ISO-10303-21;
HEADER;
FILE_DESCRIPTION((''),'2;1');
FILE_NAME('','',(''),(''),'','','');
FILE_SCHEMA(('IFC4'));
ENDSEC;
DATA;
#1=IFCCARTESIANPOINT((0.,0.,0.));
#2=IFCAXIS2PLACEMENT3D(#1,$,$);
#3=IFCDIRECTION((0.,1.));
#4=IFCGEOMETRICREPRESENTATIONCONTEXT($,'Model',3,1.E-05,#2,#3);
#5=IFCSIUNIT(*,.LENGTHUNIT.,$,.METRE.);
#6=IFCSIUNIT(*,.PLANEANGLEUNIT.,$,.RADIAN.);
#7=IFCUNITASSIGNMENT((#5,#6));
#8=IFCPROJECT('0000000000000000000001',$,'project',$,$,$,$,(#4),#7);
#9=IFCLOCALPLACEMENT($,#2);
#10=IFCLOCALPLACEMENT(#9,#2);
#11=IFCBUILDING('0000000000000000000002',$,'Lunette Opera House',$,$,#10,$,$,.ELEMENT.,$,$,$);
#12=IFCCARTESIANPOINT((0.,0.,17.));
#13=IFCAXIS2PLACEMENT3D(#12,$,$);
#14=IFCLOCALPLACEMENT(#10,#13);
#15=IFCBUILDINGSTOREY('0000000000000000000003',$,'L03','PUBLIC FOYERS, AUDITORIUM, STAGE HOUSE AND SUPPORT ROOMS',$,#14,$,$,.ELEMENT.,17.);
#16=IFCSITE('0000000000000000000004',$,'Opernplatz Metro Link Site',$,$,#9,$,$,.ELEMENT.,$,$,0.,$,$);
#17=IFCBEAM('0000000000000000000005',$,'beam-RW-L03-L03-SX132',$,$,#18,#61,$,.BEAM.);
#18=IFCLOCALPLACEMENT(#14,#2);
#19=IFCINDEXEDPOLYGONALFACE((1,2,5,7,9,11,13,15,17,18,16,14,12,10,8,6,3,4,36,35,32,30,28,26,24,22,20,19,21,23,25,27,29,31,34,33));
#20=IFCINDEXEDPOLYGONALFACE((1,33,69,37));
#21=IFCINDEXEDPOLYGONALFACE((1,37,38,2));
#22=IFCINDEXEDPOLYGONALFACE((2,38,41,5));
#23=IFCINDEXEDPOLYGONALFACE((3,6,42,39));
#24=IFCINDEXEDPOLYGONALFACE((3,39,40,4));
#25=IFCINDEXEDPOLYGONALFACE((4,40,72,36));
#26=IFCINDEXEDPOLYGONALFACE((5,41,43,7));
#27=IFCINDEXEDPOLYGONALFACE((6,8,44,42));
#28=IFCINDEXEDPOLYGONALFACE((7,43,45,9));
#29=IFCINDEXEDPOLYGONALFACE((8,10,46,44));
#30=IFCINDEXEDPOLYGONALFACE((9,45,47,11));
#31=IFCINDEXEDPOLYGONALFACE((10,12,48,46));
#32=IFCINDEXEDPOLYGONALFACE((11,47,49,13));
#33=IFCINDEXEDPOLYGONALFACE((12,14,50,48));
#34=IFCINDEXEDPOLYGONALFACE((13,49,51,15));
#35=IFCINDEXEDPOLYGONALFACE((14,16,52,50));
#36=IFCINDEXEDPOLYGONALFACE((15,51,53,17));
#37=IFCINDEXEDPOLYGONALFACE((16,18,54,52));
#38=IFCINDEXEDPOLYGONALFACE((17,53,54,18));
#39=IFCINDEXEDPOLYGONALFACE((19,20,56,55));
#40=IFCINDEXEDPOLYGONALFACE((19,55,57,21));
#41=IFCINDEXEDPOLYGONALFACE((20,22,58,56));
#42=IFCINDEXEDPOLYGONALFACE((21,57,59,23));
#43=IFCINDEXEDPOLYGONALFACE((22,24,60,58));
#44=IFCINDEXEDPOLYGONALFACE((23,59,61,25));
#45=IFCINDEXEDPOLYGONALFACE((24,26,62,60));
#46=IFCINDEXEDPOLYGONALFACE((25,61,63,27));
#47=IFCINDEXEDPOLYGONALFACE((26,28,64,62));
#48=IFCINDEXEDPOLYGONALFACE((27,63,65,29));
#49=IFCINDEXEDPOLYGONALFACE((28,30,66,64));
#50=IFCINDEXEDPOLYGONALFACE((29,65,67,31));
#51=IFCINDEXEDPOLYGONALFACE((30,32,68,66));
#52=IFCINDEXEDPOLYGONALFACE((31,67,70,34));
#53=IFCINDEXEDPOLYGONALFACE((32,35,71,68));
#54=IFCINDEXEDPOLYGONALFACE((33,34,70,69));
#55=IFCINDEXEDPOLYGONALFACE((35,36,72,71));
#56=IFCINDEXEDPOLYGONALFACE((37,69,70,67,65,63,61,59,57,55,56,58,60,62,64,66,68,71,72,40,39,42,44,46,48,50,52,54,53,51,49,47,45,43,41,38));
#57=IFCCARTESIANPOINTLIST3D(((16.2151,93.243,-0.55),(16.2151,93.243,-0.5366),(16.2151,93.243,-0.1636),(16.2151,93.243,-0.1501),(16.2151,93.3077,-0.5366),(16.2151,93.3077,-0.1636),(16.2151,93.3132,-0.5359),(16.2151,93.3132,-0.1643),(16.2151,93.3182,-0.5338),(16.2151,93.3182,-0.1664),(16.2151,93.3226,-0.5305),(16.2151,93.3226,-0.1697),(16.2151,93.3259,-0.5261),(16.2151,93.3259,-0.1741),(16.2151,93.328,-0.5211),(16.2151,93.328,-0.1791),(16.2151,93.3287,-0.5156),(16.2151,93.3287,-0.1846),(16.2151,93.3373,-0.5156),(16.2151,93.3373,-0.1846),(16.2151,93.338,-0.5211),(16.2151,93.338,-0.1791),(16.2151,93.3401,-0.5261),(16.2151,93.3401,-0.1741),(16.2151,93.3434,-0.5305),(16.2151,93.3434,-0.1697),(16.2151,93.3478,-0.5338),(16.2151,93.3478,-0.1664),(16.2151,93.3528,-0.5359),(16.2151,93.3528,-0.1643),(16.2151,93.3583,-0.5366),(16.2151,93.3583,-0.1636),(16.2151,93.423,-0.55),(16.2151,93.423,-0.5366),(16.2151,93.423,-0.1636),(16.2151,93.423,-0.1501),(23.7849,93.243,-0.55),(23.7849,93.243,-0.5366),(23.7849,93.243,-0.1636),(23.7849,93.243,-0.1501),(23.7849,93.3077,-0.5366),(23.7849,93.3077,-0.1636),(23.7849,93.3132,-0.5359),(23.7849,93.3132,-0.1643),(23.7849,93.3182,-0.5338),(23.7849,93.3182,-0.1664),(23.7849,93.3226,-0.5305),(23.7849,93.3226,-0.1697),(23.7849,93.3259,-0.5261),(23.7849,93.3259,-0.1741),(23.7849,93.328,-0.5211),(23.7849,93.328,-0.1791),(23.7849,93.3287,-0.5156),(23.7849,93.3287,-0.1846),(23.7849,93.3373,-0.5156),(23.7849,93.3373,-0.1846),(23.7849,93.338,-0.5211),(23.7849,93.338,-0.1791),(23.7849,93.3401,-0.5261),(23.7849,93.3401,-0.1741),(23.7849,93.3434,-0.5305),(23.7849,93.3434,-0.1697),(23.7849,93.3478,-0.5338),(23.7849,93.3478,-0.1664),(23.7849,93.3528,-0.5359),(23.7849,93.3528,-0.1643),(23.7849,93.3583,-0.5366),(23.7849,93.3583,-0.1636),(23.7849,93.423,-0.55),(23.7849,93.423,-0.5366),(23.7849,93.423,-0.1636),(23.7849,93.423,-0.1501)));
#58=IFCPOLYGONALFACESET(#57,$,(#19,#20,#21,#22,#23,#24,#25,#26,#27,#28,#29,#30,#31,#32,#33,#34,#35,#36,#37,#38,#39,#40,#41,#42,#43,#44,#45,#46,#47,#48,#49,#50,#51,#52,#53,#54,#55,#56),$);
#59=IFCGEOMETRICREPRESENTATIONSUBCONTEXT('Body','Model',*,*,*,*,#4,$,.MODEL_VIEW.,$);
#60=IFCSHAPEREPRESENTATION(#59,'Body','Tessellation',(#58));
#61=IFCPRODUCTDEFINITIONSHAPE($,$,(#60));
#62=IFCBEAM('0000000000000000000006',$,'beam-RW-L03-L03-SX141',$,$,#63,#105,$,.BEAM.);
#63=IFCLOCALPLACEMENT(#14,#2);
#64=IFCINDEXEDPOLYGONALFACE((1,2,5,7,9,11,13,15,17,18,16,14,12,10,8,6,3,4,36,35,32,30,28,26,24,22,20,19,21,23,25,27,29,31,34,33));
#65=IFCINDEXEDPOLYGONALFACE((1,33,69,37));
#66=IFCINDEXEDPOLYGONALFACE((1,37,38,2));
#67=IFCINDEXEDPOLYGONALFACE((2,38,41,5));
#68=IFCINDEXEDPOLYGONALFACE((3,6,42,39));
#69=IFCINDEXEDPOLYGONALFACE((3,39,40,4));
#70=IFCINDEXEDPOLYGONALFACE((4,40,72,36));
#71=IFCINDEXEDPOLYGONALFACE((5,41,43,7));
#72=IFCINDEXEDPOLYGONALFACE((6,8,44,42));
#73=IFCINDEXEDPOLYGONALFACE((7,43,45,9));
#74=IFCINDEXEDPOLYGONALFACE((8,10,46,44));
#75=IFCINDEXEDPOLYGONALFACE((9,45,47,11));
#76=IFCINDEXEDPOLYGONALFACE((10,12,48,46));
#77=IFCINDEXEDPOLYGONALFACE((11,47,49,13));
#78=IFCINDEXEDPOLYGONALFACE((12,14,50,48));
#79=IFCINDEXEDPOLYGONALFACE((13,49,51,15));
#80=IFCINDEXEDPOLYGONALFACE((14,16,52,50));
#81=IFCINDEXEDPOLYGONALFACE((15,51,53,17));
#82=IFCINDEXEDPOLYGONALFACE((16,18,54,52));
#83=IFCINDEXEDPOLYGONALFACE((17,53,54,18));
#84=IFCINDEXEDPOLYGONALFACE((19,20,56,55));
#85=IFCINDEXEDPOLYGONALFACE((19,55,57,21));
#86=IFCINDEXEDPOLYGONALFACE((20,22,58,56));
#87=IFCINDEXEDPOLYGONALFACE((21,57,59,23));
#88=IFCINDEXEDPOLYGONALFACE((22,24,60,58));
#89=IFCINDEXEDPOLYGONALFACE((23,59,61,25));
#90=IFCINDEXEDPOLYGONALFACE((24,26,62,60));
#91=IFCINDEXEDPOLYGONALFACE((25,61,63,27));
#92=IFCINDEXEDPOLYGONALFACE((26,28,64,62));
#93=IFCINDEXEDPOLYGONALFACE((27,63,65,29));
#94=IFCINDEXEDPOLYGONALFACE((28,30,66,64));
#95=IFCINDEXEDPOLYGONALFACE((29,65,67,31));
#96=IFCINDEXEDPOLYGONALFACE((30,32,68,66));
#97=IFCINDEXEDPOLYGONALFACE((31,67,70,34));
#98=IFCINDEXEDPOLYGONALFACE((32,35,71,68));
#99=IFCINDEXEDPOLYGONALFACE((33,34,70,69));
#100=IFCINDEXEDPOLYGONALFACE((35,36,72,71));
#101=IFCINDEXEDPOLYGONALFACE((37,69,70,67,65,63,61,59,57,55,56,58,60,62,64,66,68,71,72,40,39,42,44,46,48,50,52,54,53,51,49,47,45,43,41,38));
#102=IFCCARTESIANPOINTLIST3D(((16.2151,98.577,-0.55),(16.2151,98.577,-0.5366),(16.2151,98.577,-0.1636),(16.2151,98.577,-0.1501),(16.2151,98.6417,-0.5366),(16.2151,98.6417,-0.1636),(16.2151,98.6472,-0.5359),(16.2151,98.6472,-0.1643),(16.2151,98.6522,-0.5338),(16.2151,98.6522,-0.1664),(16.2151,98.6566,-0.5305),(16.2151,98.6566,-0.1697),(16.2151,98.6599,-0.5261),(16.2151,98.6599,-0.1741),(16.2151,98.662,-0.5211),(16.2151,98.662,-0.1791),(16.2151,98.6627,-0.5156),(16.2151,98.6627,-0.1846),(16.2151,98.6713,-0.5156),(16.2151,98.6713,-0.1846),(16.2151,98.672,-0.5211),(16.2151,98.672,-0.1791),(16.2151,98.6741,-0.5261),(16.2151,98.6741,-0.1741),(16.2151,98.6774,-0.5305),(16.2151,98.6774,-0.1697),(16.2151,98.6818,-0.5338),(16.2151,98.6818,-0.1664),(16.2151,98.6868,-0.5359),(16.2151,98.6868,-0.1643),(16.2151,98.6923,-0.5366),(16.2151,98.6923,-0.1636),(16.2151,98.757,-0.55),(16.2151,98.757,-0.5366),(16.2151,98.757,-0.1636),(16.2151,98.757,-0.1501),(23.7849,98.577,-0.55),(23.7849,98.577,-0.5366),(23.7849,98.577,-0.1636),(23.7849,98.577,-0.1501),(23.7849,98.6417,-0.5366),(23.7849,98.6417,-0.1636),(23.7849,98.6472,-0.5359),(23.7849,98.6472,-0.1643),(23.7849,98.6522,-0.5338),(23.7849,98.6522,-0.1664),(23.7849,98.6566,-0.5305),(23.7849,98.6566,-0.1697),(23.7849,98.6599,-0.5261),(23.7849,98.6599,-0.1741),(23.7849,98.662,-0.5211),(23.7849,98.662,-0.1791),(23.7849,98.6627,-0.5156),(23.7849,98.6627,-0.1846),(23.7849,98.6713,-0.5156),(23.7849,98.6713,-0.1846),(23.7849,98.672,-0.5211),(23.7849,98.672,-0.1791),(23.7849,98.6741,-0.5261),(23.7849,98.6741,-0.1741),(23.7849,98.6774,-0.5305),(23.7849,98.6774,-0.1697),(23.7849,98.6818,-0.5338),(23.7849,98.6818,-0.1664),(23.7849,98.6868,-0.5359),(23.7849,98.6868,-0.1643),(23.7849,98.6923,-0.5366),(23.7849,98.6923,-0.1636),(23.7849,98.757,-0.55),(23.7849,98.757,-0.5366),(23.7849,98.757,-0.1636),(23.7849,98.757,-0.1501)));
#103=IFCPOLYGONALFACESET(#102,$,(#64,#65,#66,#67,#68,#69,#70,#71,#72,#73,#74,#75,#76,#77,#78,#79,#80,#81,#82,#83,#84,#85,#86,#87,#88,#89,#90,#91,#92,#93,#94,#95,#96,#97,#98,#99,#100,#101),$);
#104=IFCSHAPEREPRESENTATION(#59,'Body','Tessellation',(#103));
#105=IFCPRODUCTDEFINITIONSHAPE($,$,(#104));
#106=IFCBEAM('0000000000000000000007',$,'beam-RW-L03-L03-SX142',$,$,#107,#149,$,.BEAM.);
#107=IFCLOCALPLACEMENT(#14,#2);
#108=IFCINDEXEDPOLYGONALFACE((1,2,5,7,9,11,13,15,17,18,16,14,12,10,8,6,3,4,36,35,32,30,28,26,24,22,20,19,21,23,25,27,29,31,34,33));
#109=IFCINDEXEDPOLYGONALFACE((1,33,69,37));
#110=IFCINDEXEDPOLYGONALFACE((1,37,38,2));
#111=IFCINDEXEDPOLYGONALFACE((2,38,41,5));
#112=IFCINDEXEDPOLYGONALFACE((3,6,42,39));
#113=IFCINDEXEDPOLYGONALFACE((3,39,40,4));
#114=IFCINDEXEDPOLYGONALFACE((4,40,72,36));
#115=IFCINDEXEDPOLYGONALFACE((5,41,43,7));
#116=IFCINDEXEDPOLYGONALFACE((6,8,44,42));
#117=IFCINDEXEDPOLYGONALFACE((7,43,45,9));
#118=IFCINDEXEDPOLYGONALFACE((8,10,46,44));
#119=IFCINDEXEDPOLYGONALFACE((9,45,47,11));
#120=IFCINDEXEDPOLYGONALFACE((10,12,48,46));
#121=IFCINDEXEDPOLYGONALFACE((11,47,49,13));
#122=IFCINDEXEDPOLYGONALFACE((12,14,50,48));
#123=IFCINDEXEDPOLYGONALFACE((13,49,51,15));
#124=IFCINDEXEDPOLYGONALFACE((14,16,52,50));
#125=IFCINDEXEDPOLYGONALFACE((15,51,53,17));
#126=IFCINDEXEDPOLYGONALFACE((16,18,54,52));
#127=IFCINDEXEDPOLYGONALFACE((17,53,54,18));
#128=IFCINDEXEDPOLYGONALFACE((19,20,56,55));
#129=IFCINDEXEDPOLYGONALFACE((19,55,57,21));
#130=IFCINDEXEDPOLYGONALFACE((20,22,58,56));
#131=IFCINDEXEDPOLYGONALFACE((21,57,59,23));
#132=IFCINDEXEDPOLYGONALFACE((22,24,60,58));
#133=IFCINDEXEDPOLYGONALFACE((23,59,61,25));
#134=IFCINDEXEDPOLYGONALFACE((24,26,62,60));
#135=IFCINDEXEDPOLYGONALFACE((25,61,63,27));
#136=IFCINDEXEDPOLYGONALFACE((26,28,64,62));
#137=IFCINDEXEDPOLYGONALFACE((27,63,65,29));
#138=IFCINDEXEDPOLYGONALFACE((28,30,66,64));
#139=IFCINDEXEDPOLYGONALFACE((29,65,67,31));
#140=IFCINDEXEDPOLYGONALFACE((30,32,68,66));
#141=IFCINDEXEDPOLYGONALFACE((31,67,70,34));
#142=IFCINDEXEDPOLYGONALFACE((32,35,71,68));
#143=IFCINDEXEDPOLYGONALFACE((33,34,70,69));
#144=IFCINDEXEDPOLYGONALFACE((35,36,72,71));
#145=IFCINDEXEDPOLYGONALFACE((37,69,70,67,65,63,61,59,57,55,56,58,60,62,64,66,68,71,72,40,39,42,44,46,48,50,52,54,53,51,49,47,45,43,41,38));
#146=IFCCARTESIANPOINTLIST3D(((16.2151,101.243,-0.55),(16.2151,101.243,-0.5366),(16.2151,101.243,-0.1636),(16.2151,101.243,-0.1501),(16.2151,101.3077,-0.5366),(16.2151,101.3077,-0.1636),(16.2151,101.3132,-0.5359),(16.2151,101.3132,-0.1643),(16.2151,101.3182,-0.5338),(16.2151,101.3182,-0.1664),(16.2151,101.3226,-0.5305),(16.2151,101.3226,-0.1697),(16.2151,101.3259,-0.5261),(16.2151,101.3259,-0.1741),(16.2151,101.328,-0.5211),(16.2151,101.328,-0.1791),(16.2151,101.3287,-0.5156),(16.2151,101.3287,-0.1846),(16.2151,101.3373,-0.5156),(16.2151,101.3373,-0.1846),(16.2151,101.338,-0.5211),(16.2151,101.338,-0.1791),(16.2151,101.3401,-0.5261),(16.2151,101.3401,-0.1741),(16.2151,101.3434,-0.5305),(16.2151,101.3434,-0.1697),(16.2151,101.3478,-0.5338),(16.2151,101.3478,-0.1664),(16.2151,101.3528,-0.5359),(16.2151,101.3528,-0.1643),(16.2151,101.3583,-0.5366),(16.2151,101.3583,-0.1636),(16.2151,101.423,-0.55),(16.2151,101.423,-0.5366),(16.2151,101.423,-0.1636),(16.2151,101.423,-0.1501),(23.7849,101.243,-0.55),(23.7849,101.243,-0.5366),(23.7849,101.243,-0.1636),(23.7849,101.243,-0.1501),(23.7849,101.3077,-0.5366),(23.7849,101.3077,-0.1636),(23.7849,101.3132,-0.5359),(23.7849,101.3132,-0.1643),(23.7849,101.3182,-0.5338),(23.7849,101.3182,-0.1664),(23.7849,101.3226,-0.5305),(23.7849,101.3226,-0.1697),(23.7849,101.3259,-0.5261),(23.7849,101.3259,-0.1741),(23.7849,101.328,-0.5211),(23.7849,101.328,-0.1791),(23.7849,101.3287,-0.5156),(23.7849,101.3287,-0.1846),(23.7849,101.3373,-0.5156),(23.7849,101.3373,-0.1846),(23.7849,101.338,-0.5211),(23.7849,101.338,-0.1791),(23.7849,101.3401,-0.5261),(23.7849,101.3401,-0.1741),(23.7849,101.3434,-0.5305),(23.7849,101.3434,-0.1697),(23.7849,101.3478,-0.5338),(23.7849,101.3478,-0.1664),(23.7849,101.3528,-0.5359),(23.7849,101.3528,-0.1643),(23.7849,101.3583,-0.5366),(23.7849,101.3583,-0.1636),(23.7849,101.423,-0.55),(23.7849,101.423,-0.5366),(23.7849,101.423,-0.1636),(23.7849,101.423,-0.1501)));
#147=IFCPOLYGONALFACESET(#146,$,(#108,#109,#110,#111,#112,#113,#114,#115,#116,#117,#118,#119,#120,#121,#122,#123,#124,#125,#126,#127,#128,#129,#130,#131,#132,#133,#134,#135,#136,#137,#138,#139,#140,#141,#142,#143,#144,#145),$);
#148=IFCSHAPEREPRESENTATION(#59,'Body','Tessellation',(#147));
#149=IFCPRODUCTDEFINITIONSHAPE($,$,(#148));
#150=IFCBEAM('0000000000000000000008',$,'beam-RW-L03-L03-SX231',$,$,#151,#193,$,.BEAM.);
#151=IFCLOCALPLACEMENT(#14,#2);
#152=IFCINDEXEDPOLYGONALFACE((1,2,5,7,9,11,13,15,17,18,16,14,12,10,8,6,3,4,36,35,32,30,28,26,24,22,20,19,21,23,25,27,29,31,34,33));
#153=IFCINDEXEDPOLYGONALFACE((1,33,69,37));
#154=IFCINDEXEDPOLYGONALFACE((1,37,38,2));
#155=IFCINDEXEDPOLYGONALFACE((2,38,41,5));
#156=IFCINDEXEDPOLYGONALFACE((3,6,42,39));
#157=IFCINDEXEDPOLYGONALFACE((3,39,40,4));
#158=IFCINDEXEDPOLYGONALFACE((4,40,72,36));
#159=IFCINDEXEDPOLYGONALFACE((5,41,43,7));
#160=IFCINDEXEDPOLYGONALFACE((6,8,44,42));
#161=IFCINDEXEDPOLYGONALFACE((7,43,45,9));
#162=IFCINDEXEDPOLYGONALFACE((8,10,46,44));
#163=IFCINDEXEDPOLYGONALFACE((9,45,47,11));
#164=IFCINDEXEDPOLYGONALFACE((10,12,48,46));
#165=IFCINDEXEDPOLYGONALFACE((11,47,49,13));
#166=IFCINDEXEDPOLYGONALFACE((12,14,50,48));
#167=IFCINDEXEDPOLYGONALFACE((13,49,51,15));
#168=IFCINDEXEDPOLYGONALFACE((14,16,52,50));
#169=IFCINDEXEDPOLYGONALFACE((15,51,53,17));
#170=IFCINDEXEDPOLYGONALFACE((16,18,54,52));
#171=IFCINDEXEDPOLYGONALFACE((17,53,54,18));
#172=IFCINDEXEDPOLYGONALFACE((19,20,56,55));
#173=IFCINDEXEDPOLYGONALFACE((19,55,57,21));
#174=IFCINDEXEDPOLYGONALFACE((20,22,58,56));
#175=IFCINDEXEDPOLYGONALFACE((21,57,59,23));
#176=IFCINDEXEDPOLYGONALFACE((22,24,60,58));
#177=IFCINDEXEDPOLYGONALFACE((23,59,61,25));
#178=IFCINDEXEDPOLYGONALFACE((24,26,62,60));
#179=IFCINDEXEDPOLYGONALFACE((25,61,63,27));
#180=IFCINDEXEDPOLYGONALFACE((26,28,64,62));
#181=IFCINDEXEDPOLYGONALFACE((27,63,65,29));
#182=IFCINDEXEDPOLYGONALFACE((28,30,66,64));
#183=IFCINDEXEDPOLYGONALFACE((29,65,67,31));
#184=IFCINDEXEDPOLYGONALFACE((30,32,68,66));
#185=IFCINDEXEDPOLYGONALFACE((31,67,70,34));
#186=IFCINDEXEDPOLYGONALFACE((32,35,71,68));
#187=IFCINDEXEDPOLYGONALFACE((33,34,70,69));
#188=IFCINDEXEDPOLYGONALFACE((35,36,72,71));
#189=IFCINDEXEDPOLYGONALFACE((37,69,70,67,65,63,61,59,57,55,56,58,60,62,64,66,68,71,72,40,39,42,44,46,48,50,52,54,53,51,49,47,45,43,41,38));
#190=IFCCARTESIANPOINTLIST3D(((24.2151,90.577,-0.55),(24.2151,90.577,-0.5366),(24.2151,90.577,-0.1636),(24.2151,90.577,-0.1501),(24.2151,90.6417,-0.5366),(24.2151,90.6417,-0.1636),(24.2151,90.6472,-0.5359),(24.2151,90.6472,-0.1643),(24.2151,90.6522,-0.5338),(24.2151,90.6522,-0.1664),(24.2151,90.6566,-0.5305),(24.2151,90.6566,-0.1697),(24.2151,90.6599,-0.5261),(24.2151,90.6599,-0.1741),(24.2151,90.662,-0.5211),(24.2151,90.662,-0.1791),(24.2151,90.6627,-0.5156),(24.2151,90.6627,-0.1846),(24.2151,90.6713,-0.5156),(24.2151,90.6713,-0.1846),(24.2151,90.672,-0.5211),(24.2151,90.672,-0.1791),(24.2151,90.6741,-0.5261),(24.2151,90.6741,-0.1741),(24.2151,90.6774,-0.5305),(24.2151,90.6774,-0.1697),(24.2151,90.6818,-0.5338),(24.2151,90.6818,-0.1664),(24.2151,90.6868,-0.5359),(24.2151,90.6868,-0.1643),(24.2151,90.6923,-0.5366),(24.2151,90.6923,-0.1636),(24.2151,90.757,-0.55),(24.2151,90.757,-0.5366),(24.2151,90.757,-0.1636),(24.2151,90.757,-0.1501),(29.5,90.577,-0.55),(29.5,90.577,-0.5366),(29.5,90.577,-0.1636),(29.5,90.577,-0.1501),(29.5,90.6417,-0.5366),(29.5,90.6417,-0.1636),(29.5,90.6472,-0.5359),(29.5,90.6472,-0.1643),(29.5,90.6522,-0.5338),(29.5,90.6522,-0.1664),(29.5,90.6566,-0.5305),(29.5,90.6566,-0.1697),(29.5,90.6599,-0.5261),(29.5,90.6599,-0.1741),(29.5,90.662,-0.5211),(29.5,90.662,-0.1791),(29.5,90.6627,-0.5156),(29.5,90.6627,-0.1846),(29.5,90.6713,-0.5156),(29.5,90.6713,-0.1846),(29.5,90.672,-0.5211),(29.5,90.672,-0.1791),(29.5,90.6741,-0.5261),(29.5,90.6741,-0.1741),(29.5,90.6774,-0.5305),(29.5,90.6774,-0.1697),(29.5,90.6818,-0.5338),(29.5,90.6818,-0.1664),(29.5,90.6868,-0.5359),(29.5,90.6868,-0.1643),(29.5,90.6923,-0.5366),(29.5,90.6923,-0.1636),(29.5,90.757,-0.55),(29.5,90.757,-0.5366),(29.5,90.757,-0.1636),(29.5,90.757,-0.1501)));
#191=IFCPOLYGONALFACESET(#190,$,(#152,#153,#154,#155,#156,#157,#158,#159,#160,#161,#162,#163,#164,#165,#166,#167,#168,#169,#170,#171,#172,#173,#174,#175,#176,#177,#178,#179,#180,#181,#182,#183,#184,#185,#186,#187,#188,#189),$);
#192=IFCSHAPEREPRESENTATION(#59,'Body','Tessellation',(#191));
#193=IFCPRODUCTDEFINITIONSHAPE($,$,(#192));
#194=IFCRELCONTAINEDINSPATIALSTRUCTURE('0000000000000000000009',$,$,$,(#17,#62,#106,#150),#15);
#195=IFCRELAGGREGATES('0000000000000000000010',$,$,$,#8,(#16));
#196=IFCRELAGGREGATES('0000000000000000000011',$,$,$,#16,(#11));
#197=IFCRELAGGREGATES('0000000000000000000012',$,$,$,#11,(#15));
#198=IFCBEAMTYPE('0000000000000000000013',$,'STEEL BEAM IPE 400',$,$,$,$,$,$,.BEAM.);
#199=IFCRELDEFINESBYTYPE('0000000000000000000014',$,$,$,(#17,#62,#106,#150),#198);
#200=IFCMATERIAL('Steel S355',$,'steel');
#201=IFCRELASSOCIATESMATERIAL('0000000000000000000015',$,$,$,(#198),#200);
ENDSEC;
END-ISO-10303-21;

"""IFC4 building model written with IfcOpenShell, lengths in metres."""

from ifc_helpers import new_model, si_unit, direction, frame, origin, origin_2d, place, context, subcontext, project, spatial, i_section, extrude, material, material_profile, profile_set, type_object, element, save


model = new_model("IFC4")

# Units and contexts
model_context = context("Model", 3, precision=1e-05, world=origin(), true_north=direction((0.0, 1.0)))
body_context = subcontext(model_context, "Body", "Model", "MODEL_VIEW")
ifc_project = project(units=[si_unit("LENGTHUNIT", "METRE"), si_unit("PLANEANGLEUNIT", "RADIAN")], contexts=[model_context])

# Site, building, storey
site_placement = place(None, origin())
site = spatial("IfcSite", under=ifc_project, at=site_placement, Name="Opernplatz Metro Link Site", CompositionType="ELEMENT", RefElevation=0.0)
building_placement = place(site_placement, origin())
building = spatial("IfcBuilding", under=site, at=building_placement, Name="Lunette Opera House", CompositionType="ELEMENT")
storey_placement = place(building_placement, frame((0.0, 0.0, 17.0)))
storey = spatial("IfcBuildingStorey", under=building, at=storey_placement, Name="L03", Description="PUBLIC FOYERS, AUDITORIUM, STAGE HOUSE AND SUPPORT ROOMS", CompositionType="ELEMENT", Elevation=17.0)

# Beams
ifc_material_1 = material(Name="Steel S355", Category="steel")
ifc_material_profile_1 = material_profile(ifc_material_1, i_section(OverallWidth=0.1799, OverallDepth=0.3999, WebThickness=0.0085, FlangeThickness=0.0134, FilletRadius=0.021, at=origin_2d()), Name="IPE 400")
ifc_profile_set_1 = profile_set([ifc_material_profile_1], Name="Steel S355")
beam_type_1 = type_object("IfcBeamType", Name="STEEL BEAM IPE 400", PredefinedType="BEAM", material=ifc_profile_set_1)
for number, where, z_axis, x_axis, name in (
    (1, (16.2151, 93.333, -0.3501), (1.0, 0.0, 0.0), (0.0, 1.0, 0.0), "beam-RW-L03-L03-SX132"),
    (2, (16.2151, 98.667, -0.3501), (1.0, 0.0, 0.0), (0.0, 1.0, 0.0), "beam-RW-L03-L03-SX141"),
    (3, (16.2151, 101.333, -0.3501), (1.0, 0.0, 0.0), (0.0, 1.0, 0.0), "beam-RW-L03-L03-SX142"),
):
    element("IfcBeam", number, at=place(storey_placement, frame(where, z_axis=z_axis, x_axis=x_axis)), inside=storey, type_object=beam_type_1, Name=name, PredefinedType="BEAM", context=body_context, shape_type="SweptSolid", body=[
        extrude(i_section(OverallWidth=0.1799, OverallDepth=0.3999, WebThickness=0.0085, FlangeThickness=0.0134, FilletRadius=0.021, at=origin_2d()), origin(), (0.0, 0.0, 1.0), 7.5698),
    ])
beam_1_placement = place(storey_placement, frame((24.2151, 90.667, -0.3501), z_axis=(1.0, 0.0, 0.0), x_axis=(0.0, 1.0, 0.0)))
element("IfcBeam", 4, at=beam_1_placement, inside=storey, type_object=beam_type_1, Name="beam-RW-L03-L03-SX231", PredefinedType="BEAM", context=body_context, shape_type="SweptSolid", body=[
    extrude(i_section(OverallWidth=0.1799, OverallDepth=0.3999, WebThickness=0.0085, FlangeThickness=0.0134, FilletRadius=0.021, at=origin_2d()), origin(), (0.0, 0.0, 1.0), 5.2849),
])

save(model, "model.ifc")
